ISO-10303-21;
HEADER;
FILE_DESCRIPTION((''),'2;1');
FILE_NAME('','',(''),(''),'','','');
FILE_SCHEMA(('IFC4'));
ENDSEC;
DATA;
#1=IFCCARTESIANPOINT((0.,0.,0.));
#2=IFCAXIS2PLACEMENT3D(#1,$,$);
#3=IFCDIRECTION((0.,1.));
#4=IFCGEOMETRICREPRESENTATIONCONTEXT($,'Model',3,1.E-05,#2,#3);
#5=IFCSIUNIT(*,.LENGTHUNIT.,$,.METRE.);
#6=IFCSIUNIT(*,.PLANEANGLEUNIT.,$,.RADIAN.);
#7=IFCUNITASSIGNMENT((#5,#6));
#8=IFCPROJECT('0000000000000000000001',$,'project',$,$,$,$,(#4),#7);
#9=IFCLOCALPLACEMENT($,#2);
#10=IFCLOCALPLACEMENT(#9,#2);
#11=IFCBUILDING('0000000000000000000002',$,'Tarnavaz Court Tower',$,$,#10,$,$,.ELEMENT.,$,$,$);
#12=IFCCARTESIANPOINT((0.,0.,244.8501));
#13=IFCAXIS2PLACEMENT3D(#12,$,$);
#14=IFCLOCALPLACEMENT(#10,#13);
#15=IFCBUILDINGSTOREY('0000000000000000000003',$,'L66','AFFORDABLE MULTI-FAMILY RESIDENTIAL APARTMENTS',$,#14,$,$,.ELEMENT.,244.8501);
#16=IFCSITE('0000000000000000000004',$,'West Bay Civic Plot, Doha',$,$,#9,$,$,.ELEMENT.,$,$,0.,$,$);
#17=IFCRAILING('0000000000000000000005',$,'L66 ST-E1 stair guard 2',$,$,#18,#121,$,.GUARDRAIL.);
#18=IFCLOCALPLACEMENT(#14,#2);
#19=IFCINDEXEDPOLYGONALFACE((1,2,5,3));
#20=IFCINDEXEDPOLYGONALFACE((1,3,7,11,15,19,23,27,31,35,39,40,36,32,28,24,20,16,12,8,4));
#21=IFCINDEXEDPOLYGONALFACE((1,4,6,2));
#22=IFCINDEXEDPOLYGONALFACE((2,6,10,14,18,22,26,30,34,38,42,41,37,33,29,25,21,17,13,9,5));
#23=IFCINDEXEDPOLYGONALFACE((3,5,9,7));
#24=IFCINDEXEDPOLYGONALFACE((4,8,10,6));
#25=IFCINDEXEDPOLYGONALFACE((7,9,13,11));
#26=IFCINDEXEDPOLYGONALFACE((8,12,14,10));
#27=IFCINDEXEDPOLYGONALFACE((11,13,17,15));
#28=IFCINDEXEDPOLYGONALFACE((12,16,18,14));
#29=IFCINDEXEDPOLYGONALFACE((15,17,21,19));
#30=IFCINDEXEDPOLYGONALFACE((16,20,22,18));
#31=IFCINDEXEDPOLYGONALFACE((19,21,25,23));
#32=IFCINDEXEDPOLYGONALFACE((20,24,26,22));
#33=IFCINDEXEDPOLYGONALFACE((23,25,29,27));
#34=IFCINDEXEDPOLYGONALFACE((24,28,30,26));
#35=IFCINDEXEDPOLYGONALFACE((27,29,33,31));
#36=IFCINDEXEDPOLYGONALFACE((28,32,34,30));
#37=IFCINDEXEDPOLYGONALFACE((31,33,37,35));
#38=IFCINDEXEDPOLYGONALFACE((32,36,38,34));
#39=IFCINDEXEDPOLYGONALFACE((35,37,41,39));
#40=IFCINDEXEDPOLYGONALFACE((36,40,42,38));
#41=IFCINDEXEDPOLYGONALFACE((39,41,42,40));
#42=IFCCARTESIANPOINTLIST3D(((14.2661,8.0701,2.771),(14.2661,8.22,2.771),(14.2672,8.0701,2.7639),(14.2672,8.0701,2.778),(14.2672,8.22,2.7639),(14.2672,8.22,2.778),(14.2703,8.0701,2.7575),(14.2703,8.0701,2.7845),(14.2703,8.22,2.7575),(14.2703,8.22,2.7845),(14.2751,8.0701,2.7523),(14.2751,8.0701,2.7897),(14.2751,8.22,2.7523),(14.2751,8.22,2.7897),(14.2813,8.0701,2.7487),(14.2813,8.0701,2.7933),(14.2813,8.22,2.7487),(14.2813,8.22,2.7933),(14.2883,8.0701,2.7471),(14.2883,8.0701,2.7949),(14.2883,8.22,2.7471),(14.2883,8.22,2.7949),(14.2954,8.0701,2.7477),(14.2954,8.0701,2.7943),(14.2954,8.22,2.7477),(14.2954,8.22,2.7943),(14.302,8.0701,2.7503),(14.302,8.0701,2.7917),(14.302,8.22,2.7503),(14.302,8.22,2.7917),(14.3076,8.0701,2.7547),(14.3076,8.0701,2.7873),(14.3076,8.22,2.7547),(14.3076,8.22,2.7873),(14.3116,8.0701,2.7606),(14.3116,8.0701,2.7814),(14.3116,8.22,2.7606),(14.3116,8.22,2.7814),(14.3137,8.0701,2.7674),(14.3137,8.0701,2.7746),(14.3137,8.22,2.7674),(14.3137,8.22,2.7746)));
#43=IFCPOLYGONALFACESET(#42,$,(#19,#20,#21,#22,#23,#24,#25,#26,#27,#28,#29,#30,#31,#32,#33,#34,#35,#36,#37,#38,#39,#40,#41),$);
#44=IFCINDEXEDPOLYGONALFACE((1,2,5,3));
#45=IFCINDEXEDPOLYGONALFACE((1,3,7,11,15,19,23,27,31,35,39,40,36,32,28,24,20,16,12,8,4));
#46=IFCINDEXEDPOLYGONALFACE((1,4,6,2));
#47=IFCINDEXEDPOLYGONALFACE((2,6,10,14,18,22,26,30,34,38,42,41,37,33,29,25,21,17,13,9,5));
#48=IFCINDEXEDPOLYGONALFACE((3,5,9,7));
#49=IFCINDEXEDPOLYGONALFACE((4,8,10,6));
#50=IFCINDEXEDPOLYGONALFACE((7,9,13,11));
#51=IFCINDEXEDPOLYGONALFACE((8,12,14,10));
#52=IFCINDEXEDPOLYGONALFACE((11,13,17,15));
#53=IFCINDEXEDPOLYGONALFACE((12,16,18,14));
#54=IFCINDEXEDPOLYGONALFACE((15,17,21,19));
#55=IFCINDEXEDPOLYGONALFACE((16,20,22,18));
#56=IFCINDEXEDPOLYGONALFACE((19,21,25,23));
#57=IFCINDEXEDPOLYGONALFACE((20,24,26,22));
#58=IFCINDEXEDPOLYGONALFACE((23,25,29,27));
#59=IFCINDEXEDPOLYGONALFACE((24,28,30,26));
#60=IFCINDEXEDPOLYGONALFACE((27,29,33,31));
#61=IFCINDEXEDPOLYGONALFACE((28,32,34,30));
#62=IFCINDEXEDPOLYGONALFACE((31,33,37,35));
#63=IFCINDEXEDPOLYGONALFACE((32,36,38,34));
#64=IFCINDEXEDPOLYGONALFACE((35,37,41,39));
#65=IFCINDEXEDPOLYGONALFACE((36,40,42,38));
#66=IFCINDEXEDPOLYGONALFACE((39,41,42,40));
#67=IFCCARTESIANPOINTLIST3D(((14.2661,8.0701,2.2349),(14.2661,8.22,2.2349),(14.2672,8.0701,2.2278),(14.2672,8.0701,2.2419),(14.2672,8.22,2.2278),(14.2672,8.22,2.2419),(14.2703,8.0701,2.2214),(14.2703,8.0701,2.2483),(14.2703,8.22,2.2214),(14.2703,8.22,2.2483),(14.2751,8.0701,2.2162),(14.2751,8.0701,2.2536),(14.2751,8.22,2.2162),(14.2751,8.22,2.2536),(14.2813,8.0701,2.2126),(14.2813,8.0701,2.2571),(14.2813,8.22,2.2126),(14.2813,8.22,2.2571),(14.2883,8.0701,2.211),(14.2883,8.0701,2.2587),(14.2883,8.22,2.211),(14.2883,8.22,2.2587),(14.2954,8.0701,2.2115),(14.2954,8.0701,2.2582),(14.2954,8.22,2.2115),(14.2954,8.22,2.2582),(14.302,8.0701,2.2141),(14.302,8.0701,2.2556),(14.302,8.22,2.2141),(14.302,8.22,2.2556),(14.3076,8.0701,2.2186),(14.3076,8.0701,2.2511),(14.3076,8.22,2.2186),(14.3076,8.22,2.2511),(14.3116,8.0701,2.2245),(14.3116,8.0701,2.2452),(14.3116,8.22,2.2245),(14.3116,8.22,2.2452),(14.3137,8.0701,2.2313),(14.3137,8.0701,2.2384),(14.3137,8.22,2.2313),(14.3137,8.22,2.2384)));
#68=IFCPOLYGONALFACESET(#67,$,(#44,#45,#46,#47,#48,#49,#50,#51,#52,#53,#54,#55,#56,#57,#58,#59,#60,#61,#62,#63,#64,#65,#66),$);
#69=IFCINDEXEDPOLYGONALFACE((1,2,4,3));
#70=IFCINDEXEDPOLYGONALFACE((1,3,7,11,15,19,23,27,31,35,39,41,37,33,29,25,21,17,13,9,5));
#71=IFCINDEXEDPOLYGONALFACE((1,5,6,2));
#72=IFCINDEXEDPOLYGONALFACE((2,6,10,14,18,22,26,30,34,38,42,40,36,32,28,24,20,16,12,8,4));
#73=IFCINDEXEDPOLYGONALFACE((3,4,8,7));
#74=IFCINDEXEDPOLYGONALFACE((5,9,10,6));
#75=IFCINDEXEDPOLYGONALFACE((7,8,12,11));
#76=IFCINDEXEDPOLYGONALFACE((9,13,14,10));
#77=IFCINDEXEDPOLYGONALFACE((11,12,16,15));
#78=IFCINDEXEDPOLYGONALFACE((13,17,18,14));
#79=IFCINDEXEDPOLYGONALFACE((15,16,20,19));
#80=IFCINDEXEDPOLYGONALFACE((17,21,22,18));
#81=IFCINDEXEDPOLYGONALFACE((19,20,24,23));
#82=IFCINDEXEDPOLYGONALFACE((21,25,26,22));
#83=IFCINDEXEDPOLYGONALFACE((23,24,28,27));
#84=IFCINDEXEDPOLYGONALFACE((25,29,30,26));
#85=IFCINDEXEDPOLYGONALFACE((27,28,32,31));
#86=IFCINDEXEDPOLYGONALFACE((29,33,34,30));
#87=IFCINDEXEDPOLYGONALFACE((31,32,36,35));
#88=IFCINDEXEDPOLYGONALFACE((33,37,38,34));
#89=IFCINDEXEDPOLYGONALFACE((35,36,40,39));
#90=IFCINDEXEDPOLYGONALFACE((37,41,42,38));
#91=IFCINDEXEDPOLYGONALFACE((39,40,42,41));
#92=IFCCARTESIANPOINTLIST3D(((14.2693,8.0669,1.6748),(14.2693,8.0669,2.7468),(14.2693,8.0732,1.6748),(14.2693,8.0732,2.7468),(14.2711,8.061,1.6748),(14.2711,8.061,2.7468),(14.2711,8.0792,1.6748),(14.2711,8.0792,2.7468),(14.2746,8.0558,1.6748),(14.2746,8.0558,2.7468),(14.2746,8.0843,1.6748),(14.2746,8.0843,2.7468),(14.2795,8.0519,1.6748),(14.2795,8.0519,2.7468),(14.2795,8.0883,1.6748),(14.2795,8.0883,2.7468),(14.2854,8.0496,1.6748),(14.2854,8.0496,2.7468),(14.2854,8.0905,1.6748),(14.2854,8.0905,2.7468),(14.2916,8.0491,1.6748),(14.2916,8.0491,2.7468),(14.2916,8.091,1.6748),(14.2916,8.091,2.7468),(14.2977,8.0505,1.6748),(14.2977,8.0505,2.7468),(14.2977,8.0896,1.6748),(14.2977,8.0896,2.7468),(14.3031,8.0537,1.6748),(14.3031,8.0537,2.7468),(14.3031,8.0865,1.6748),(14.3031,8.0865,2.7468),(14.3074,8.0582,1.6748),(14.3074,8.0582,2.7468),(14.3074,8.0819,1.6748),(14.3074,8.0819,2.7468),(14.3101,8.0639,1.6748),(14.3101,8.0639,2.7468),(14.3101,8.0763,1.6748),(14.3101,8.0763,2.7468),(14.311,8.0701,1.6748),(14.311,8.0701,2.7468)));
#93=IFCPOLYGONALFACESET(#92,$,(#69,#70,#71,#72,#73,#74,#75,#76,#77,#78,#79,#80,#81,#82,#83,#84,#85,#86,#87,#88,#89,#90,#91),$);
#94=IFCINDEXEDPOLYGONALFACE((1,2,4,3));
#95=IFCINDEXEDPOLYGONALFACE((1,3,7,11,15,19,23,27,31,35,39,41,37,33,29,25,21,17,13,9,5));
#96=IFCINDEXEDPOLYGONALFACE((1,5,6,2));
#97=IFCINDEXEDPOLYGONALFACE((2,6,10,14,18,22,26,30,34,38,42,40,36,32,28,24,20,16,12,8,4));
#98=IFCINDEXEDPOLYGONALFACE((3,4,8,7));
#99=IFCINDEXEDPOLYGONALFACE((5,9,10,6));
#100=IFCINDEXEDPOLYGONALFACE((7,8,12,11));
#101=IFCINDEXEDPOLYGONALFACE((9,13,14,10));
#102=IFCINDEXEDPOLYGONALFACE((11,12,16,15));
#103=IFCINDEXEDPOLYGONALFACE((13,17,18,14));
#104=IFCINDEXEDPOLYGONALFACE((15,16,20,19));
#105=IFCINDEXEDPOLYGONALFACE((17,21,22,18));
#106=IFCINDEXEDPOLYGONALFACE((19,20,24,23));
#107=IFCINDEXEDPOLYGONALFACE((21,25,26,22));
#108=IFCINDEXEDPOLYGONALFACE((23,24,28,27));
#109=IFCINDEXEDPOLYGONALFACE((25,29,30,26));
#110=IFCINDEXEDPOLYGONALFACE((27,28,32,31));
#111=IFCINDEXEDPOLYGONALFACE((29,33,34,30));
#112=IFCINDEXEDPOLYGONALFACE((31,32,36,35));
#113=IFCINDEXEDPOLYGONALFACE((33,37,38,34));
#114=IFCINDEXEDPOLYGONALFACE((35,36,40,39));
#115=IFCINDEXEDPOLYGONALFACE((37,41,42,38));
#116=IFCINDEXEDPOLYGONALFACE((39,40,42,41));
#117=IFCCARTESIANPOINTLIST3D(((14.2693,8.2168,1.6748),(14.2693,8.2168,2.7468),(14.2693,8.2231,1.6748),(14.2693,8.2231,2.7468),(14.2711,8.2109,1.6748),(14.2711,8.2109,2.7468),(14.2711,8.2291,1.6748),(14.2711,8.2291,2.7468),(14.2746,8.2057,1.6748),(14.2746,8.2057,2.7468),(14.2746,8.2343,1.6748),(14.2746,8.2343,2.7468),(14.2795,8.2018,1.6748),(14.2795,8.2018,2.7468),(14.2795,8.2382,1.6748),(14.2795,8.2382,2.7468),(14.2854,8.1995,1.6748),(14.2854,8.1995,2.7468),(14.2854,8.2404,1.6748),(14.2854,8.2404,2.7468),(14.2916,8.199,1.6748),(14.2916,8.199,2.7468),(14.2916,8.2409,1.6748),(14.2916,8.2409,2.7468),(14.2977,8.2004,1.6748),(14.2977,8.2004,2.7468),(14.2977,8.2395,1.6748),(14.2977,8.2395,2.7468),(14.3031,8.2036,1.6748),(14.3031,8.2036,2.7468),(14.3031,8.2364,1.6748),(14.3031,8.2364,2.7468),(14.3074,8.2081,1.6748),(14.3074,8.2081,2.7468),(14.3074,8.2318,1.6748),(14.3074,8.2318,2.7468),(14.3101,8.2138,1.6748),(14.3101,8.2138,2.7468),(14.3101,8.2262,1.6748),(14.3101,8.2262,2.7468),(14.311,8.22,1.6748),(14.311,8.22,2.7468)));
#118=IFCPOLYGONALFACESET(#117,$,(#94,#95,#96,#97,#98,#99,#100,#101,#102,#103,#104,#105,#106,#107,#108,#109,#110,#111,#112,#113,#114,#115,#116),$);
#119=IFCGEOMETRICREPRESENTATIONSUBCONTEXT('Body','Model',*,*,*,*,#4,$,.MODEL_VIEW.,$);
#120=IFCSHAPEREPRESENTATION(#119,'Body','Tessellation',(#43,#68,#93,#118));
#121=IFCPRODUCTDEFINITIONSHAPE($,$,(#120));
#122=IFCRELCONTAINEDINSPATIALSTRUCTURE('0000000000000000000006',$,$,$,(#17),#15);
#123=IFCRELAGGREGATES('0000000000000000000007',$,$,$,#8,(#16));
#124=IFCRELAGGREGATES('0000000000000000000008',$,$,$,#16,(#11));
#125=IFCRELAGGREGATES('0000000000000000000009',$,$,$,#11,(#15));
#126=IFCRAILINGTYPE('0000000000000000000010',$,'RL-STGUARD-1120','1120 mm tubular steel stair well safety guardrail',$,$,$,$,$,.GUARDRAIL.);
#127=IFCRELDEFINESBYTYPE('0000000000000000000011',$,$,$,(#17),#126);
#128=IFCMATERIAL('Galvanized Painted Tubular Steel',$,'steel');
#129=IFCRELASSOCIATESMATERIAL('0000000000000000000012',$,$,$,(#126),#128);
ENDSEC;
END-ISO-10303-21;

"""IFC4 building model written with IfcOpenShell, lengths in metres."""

from ifc_helpers import new_model, si_unit, direction, frame, origin, origin_2d, place, context, subcontext, project, spatial, circle, extrude, material, type_object, element, save


model = new_model("IFC4")

# Units and contexts
model_context = context("Model", 3, precision=1e-05, world=origin(), true_north=direction((0.0, 1.0)))
body_context = subcontext(model_context, "Body", "Model", "MODEL_VIEW")
ifc_project = project(units=[si_unit("LENGTHUNIT", "METRE"), si_unit("PLANEANGLEUNIT", "RADIAN")], contexts=[model_context])

# Site, building, storey
site_placement = place(None, origin())
site = spatial("IfcSite", under=ifc_project, at=site_placement, Name="West Bay Civic Plot, Doha", CompositionType="ELEMENT", RefElevation=0.0)
building_placement = place(site_placement, origin())
building = spatial("IfcBuilding", under=site, at=building_placement, Name="Tarnavaz Court Tower", CompositionType="ELEMENT")
storey_placement = place(building_placement, frame((0.0, 0.0, 244.8501)))
storey = spatial("IfcBuildingStorey", under=building, at=storey_placement, Name="L66", Description="AFFORDABLE MULTI-FAMILY RESIDENTIAL APARTMENTS", CompositionType="ELEMENT", Elevation=244.8501)

# Railing
ifc_material_1 = material(Name="Galvanized Painted Tubular Steel", Category="steel")
railing_type_1 = type_object("IfcRailingType", Name="RL-STGUARD-1120", Description="1120 mm tubular steel stair well safety guardrail", PredefinedType="GUARDRAIL", material=ifc_material_1)
railing_1_placement = place(storey_placement, frame((14.29, 8.0701, 1.6748)))
element("IfcRailing", 1, at=railing_1_placement, inside=storey, type_object=railing_type_1, Name="L66 ST-E1 stair guard 2", PredefinedType="GUARDRAIL", context=body_context, shape_type="SweptSolid", body=[
    extrude(circle(Radius=0.0239, at=origin_2d()), frame((0.0, 0.0, 1.0962), z_axis=(0.0, 1.0, 0.0), x_axis=(-1.0, 0.0, 0.0)), (0.0, 0.0, 1.0), 0.1499),
    extrude(circle(Radius=0.0239, at=origin_2d()), frame((0.0, 0.0, 0.5601), z_axis=(0.0, 1.0, 0.0), x_axis=(-1.0, 0.0, 0.0)), (0.0, 0.0, 1.0), 0.1499),
    extrude(circle(Radius=0.021, at=origin_2d()), origin(), (0.0, 0.0, 1.0), 1.072),
    extrude(circle(Radius=0.021, at=origin_2d()), frame((0.0, 0.1499, 0.0)), (0.0, 0.0, 1.0), 1.072),
])

save(model, "model.ifc")
